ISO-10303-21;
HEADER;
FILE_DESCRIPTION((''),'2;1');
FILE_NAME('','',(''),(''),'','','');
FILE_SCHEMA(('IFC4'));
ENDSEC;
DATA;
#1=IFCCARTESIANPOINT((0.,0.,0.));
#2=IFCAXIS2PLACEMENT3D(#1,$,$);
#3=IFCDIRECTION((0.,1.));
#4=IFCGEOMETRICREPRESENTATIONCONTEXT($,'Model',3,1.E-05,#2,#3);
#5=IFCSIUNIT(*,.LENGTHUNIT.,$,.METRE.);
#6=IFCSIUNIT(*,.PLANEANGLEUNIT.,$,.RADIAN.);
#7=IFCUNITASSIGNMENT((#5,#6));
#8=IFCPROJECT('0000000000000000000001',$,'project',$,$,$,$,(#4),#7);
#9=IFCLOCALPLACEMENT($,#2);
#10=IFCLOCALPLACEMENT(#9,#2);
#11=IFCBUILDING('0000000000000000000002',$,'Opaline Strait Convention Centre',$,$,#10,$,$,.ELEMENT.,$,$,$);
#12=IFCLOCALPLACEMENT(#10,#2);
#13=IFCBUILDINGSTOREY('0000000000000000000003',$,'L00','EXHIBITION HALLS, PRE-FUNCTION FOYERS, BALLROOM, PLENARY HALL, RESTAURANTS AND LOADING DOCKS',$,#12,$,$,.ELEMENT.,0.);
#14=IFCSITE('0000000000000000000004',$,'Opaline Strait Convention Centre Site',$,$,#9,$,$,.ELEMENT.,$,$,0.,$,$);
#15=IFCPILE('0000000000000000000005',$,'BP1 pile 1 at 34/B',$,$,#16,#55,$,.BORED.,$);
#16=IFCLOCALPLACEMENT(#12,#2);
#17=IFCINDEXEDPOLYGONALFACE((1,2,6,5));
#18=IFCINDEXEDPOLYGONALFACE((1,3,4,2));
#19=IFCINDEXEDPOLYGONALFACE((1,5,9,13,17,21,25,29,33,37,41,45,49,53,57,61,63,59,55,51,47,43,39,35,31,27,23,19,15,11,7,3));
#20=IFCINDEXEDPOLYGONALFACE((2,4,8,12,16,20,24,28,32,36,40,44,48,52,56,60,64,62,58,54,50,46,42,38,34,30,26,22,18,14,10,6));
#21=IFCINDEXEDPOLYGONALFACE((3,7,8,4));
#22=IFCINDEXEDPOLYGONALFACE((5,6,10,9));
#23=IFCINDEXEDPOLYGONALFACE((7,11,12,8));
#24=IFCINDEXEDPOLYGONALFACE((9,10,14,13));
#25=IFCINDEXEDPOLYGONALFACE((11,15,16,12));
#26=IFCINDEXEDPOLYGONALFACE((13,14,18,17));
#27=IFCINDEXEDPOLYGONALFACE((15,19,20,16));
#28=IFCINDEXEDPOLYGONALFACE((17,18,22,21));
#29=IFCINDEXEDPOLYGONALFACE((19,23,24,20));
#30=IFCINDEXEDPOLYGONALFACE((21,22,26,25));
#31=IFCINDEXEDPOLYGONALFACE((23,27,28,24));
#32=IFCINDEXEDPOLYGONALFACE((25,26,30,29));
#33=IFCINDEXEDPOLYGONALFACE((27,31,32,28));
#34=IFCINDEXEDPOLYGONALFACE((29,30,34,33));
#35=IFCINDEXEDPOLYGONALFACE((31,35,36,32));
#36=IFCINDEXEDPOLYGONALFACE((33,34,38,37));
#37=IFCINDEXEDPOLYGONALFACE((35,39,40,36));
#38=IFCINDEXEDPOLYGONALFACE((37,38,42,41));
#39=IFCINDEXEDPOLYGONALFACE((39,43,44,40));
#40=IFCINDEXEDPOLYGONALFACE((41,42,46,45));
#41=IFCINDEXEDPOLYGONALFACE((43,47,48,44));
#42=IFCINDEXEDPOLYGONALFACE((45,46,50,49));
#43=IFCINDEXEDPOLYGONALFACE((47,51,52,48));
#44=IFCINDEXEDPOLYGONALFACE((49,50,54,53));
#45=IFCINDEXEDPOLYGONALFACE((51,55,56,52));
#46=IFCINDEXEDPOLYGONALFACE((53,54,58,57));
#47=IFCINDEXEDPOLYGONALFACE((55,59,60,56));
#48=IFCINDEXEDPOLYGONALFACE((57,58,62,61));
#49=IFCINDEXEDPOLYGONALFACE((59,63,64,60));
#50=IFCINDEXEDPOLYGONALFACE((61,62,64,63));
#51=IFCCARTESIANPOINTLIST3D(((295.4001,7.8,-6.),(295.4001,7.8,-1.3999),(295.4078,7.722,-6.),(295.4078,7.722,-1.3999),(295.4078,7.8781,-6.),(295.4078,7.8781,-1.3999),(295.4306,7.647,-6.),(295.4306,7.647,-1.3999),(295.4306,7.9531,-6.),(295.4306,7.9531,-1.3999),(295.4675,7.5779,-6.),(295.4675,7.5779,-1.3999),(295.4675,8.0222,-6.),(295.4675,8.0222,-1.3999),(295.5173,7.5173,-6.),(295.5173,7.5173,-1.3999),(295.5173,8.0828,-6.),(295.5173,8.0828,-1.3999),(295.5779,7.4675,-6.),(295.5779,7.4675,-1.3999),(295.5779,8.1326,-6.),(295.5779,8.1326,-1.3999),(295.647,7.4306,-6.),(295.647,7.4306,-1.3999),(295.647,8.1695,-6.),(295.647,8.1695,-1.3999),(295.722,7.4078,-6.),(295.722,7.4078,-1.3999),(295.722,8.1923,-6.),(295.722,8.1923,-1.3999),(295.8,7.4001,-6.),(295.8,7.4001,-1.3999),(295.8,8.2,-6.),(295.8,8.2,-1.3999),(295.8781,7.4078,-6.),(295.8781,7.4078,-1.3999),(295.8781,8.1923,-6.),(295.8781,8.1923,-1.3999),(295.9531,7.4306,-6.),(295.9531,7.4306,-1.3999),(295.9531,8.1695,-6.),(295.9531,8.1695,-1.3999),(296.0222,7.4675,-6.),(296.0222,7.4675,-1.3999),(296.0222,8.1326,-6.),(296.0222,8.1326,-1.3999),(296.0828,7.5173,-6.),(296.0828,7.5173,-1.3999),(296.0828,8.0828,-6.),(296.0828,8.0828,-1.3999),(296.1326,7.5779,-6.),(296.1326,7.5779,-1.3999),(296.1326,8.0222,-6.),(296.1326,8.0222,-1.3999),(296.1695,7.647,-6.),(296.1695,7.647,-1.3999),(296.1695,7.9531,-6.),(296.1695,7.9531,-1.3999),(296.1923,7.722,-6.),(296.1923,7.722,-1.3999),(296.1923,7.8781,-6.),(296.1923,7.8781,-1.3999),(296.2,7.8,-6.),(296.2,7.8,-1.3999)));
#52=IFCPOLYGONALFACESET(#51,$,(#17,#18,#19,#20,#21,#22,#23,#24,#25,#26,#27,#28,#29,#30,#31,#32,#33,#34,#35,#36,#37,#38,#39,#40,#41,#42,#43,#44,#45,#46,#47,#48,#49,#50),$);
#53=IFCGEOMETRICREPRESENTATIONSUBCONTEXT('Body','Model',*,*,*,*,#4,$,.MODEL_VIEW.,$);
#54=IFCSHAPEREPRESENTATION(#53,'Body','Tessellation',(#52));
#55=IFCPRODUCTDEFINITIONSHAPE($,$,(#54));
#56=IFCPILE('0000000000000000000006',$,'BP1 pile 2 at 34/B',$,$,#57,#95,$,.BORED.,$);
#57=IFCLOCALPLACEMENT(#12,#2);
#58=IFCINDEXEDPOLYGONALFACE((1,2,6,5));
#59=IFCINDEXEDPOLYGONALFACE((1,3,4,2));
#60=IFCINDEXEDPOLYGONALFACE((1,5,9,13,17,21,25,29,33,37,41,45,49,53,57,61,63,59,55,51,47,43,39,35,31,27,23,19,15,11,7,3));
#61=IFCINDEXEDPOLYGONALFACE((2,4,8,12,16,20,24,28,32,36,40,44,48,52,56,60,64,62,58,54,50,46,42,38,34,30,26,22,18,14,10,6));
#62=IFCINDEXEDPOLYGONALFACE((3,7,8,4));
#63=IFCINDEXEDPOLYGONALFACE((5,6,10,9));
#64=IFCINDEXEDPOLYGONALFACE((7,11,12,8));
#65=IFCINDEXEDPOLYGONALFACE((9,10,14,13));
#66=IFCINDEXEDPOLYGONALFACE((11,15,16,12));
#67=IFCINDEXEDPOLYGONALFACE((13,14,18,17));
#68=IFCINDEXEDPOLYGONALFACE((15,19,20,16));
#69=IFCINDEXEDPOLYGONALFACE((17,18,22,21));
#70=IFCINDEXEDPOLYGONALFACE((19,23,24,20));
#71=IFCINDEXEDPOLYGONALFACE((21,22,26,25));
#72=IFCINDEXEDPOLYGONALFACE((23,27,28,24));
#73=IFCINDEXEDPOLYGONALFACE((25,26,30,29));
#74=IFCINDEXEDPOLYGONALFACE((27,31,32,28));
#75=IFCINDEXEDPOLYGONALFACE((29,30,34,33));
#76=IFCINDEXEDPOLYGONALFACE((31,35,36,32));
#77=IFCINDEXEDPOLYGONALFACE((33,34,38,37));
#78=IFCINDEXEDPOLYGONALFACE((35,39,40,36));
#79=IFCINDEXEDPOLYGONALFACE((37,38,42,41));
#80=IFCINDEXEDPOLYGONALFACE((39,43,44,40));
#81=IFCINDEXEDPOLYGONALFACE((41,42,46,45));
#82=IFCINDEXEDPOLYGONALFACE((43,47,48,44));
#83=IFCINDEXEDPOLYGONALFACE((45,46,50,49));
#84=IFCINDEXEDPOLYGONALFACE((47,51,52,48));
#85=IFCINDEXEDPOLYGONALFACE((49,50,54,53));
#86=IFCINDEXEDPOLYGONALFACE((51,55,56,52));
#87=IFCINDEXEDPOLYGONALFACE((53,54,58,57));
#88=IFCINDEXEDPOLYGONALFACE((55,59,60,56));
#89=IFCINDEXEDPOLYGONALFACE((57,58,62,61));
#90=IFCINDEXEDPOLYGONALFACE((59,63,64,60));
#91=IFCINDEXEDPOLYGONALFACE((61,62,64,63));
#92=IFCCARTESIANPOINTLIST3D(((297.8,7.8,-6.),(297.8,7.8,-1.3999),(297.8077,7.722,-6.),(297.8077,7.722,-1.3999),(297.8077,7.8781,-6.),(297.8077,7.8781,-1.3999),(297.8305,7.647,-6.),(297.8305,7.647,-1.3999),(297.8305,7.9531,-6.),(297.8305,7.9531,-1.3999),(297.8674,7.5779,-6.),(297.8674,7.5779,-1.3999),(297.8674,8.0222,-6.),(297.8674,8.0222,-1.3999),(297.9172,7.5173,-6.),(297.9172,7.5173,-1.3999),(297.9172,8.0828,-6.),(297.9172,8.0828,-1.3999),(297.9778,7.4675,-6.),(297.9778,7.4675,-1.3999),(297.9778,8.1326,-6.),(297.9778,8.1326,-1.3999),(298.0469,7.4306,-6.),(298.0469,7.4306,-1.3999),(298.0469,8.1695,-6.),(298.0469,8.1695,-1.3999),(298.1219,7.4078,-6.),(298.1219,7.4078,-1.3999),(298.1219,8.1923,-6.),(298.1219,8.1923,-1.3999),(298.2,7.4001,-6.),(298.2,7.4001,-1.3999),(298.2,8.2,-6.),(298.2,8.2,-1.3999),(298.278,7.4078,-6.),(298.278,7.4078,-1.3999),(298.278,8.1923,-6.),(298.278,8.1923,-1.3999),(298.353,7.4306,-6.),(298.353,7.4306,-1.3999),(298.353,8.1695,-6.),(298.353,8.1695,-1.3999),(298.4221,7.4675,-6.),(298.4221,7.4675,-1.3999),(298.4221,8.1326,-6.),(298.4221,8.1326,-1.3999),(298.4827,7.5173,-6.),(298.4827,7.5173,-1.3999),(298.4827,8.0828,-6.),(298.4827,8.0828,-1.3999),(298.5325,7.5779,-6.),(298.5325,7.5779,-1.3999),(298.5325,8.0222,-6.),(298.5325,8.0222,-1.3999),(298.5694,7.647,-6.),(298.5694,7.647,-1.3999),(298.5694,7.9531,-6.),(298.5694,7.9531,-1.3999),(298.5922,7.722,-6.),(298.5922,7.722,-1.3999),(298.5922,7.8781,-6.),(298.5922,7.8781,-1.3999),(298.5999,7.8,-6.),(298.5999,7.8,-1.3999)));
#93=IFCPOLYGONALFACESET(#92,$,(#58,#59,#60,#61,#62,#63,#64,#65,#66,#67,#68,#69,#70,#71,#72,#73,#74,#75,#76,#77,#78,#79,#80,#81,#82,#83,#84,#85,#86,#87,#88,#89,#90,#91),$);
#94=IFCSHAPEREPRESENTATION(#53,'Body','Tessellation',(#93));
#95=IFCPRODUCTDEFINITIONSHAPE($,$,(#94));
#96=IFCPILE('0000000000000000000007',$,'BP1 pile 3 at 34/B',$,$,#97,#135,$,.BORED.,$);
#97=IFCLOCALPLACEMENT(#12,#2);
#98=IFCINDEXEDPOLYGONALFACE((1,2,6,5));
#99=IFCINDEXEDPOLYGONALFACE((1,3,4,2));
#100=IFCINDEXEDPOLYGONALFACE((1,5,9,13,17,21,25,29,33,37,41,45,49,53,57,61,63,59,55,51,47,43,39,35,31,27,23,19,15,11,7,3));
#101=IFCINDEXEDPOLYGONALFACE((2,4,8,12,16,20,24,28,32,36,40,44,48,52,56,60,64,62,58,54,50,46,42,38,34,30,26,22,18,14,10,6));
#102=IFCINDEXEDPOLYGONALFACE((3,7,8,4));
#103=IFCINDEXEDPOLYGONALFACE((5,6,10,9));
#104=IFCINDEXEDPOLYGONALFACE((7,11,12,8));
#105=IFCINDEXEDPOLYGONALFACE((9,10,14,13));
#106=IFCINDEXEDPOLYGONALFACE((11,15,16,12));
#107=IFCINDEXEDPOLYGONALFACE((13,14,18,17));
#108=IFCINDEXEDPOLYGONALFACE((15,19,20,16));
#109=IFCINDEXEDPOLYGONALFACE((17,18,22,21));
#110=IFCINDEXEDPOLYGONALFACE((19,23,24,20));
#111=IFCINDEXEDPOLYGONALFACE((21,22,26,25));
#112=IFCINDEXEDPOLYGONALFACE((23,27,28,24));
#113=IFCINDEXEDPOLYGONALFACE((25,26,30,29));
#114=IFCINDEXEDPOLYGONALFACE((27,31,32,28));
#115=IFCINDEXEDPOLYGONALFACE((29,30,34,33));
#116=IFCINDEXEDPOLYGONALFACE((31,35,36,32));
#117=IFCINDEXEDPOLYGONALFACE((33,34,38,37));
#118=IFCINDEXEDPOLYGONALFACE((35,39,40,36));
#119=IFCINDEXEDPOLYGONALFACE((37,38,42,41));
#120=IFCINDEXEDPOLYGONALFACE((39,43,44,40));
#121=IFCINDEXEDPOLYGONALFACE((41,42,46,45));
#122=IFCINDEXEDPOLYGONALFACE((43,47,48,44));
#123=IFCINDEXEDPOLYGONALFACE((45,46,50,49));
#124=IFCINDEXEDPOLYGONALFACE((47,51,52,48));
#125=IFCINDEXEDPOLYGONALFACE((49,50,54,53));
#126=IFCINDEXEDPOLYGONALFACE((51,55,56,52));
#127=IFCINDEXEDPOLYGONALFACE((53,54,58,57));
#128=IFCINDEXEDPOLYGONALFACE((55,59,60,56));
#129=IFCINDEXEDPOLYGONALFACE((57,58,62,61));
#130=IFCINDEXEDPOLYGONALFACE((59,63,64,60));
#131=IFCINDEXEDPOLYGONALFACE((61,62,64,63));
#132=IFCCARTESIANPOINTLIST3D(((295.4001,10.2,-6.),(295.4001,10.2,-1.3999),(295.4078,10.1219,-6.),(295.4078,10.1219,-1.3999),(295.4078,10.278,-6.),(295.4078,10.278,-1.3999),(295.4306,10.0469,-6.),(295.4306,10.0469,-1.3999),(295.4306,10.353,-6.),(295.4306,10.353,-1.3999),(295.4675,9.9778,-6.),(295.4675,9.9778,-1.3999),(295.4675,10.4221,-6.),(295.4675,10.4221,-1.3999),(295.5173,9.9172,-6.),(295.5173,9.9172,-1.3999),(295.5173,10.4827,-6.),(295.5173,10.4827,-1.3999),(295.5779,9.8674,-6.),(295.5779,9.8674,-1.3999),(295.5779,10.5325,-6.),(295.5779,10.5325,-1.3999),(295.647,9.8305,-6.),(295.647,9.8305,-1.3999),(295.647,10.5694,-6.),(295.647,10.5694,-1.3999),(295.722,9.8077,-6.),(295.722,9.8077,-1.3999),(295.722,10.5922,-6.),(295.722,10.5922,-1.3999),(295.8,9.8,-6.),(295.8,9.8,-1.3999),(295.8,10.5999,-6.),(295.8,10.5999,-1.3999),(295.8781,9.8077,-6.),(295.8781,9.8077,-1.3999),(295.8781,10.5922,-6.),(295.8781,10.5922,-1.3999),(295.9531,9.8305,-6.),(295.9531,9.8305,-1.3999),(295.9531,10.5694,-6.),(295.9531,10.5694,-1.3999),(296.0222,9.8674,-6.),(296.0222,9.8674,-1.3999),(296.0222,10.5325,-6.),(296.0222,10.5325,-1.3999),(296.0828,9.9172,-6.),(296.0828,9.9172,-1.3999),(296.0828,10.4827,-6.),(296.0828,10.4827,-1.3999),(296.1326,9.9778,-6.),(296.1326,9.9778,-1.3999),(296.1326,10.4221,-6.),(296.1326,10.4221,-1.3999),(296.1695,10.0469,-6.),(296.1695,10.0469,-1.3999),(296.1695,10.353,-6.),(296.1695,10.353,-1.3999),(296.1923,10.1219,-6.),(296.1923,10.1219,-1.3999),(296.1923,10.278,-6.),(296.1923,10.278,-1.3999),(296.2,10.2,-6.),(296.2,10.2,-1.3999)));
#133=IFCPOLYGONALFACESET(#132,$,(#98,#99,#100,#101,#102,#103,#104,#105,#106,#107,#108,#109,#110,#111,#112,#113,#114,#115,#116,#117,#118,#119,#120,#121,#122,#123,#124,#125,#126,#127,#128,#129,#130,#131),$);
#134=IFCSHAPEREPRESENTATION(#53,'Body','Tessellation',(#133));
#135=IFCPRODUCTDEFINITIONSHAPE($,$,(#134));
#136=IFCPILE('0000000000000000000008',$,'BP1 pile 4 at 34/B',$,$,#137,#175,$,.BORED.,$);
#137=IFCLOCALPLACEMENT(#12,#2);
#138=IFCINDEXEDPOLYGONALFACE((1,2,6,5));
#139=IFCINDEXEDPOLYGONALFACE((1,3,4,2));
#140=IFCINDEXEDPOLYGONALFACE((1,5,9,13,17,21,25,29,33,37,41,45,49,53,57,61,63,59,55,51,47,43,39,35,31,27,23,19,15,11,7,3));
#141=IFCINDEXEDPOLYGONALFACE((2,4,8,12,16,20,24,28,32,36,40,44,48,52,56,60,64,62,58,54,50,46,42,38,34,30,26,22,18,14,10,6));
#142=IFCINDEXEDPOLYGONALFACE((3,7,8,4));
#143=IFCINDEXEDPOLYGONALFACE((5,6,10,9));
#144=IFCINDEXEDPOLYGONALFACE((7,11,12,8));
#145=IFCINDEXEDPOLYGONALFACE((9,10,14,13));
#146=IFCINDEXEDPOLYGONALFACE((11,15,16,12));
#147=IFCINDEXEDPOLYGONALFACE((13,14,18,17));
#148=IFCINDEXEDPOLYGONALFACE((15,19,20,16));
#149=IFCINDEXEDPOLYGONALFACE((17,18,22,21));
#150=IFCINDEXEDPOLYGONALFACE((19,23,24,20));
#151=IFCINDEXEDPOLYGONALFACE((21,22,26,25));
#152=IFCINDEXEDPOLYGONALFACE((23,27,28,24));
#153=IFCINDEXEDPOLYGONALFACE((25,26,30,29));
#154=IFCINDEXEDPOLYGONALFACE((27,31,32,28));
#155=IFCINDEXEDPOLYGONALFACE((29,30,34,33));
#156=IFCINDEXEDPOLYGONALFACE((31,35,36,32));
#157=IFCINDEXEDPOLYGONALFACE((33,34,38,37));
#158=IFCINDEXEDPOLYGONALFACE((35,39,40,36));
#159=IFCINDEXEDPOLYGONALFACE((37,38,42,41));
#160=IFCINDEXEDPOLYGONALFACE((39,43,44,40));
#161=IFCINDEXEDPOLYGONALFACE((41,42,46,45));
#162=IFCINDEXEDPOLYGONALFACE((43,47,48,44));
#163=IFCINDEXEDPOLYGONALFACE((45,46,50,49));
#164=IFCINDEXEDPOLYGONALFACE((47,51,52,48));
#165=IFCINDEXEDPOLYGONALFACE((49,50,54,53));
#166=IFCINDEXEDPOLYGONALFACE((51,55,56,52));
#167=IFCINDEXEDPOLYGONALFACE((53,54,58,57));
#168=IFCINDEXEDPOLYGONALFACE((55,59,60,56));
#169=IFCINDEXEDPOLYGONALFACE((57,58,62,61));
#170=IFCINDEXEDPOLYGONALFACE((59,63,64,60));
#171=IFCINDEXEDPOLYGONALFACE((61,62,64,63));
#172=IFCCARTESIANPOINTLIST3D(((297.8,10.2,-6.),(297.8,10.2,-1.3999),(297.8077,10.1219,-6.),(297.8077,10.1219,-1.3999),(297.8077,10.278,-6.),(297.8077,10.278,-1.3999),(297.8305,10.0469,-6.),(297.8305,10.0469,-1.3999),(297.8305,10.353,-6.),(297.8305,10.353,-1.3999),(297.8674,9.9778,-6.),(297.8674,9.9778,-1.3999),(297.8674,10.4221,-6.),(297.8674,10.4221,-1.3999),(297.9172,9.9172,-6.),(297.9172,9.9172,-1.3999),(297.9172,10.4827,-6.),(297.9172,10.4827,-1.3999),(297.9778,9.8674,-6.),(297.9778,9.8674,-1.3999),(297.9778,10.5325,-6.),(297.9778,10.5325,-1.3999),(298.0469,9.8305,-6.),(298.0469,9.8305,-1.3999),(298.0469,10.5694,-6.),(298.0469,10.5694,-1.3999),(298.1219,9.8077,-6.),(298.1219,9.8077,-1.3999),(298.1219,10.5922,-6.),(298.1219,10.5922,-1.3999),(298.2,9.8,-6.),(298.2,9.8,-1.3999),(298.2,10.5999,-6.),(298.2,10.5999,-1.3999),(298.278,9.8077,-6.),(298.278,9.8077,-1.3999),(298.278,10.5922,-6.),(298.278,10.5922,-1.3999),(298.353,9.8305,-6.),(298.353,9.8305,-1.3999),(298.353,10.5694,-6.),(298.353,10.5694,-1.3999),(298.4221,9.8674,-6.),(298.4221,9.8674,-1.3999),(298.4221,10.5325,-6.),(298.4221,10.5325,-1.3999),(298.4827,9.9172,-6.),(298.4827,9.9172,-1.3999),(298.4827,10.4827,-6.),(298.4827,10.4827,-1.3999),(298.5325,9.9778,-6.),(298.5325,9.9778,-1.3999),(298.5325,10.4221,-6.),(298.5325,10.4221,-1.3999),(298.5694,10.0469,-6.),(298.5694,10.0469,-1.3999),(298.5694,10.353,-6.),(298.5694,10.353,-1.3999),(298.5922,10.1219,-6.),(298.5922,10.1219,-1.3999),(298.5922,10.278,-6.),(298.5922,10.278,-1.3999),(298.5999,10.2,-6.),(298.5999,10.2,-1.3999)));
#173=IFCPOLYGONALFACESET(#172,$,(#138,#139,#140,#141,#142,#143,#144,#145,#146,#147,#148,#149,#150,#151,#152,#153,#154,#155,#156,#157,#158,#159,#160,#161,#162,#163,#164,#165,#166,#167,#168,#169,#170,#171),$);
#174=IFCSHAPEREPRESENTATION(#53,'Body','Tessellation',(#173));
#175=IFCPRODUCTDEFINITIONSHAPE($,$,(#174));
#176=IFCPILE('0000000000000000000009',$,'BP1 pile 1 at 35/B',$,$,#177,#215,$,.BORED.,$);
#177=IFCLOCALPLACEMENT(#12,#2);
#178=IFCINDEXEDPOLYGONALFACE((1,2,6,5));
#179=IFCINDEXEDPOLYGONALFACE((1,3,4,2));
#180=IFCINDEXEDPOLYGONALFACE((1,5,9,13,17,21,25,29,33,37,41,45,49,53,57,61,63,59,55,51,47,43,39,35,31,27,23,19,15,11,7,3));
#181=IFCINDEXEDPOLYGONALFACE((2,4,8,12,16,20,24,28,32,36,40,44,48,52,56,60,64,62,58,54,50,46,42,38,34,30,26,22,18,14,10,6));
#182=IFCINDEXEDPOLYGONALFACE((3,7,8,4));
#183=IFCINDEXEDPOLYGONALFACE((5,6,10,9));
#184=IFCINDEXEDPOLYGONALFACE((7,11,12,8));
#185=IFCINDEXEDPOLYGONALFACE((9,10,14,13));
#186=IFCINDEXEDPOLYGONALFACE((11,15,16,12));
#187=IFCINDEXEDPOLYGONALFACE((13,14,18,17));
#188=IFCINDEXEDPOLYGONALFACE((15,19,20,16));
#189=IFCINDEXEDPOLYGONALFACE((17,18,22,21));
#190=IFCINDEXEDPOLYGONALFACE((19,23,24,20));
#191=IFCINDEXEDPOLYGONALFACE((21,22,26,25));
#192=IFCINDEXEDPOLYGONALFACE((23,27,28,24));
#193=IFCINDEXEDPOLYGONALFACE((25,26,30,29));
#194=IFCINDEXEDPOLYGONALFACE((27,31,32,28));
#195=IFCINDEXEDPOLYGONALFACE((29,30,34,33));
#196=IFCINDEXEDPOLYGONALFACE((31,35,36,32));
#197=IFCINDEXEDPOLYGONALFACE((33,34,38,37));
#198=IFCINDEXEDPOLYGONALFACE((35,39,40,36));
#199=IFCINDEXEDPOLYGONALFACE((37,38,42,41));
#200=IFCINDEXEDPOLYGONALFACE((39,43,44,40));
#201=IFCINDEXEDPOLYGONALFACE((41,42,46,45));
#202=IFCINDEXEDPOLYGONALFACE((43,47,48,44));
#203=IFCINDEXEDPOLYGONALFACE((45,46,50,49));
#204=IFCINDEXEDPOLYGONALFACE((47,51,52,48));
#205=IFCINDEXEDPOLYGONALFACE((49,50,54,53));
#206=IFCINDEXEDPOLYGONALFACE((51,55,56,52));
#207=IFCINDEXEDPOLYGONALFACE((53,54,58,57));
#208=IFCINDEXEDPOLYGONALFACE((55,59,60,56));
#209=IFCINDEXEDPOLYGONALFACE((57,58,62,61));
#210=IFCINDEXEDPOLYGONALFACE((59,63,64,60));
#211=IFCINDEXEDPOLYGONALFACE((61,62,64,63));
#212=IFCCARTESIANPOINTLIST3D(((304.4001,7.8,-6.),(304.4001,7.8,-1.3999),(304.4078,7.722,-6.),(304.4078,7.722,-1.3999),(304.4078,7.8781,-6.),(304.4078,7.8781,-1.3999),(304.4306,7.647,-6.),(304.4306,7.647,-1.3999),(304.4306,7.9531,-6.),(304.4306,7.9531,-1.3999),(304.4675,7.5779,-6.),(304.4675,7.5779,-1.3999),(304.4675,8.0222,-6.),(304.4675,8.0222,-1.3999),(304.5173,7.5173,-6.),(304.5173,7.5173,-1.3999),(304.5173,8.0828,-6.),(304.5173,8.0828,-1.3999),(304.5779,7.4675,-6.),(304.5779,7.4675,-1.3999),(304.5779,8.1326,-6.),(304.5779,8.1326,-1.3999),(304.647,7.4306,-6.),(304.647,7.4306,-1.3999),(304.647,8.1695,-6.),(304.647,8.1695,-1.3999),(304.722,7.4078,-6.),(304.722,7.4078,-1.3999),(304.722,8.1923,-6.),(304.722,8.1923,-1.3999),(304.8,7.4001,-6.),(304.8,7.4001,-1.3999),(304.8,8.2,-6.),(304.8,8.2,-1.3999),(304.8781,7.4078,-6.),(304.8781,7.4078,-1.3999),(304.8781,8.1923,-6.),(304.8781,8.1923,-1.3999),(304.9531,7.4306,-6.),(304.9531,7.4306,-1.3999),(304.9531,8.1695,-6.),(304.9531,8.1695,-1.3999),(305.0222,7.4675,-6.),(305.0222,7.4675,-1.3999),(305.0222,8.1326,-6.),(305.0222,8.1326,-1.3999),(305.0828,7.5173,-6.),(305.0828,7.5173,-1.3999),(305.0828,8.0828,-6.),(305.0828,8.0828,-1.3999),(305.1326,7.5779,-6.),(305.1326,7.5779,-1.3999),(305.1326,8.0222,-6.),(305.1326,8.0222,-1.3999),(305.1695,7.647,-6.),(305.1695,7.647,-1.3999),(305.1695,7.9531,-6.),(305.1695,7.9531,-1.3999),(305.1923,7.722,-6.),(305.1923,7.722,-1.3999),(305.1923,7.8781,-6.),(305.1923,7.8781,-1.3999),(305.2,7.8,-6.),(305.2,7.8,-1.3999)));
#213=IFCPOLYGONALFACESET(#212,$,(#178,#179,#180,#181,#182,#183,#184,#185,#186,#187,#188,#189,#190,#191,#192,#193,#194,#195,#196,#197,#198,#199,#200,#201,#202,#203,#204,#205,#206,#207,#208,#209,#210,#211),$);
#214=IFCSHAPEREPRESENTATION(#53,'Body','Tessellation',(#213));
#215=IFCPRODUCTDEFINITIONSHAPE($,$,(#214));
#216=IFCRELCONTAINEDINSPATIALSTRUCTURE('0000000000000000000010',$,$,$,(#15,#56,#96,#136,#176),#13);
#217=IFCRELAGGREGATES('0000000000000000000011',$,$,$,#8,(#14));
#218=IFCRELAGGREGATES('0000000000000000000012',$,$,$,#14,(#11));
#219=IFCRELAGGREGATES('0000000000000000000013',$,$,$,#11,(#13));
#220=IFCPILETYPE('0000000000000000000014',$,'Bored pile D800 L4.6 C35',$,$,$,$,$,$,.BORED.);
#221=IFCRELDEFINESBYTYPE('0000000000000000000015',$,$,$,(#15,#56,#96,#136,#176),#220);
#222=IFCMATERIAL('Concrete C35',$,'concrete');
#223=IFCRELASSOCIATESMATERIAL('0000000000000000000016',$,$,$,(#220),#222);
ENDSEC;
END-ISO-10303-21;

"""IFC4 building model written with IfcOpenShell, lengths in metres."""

from ifc_helpers import new_model, si_unit, direction, frame, origin, origin_2d, place, context, subcontext, project, spatial, circle, extrude, material, material_profile, profile_set, type_object, element, save


model = new_model("IFC4")

# Units and contexts
model_context = context("Model", 3, precision=1e-05, world=origin(), true_north=direction((0.0, 1.0)))
body_context = subcontext(model_context, "Body", "Model", "MODEL_VIEW")
ifc_project = project(units=[si_unit("LENGTHUNIT", "METRE"), si_unit("PLANEANGLEUNIT", "RADIAN")], contexts=[model_context])

# Site, building, storey
site_placement = place(None, origin())
site = spatial("IfcSite", under=ifc_project, at=site_placement, Name="Opaline Strait Convention Centre Site", CompositionType="ELEMENT", RefElevation=0.0)
building_placement = place(site_placement, origin())
building = spatial("IfcBuilding", under=site, at=building_placement, Name="Opaline Strait Convention Centre", CompositionType="ELEMENT")
storey_placement = place(building_placement, origin())
storey = spatial("IfcBuildingStorey", under=building, at=storey_placement, Name="L00", Description="EXHIBITION HALLS, PRE-FUNCTION FOYERS, BALLROOM, PLENARY HALL, RESTAURANTS AND LOADING DOCKS", CompositionType="ELEMENT", Elevation=0.0)

# Piles
ifc_material_1 = material(Name="Concrete C35", Category="concrete")
ifc_material_profile_1 = material_profile(ifc_material_1, circle(Radius=0.3999, at=origin_2d()), Name="D800")
ifc_profile_set_1 = profile_set([ifc_material_profile_1], Name="Concrete C35")
pile_type = type_object("IfcPileType", Name="Bored pile D800 L4.6 C35", PredefinedType="BORED", material=ifc_profile_set_1)
for number, where, z_axis, x_axis, name in (
    (1, (295.8, 7.8, -1.3999), (0.0, 0.0, -1.0), (1.0, 0.0, 0.0), "BP1 pile 1 at 34/B"),
    (2, (298.2, 7.8, -1.3999), (0.0, 0.0, -1.0), (1.0, 0.0, 0.0), "BP1 pile 2 at 34/B"),
    (3, (295.8, 10.2, -1.3999), (0.0, 0.0, -1.0), (1.0, 0.0, 0.0), "BP1 pile 3 at 34/B"),
    (4, (298.2, 10.2, -1.3999), (0.0, 0.0, -1.0), (1.0, 0.0, 0.0), "BP1 pile 4 at 34/B"),
    (5, (304.8, 7.8, -1.3999), (0.0, 0.0, -1.0), (1.0, 0.0, 0.0), "BP1 pile 1 at 35/B"),
):
    element("IfcPile", number, at=place(storey_placement, frame(where, z_axis=z_axis, x_axis=x_axis)), inside=storey, type_object=pile_type, Name=name, PredefinedType="BORED", context=body_context, shape_type="SweptSolid", body=[
        extrude(circle(Radius=0.3999, at=origin_2d()), origin(), (0.0, 0.0, 1.0), 4.6001),
    ])

save(model, "model.ifc")
